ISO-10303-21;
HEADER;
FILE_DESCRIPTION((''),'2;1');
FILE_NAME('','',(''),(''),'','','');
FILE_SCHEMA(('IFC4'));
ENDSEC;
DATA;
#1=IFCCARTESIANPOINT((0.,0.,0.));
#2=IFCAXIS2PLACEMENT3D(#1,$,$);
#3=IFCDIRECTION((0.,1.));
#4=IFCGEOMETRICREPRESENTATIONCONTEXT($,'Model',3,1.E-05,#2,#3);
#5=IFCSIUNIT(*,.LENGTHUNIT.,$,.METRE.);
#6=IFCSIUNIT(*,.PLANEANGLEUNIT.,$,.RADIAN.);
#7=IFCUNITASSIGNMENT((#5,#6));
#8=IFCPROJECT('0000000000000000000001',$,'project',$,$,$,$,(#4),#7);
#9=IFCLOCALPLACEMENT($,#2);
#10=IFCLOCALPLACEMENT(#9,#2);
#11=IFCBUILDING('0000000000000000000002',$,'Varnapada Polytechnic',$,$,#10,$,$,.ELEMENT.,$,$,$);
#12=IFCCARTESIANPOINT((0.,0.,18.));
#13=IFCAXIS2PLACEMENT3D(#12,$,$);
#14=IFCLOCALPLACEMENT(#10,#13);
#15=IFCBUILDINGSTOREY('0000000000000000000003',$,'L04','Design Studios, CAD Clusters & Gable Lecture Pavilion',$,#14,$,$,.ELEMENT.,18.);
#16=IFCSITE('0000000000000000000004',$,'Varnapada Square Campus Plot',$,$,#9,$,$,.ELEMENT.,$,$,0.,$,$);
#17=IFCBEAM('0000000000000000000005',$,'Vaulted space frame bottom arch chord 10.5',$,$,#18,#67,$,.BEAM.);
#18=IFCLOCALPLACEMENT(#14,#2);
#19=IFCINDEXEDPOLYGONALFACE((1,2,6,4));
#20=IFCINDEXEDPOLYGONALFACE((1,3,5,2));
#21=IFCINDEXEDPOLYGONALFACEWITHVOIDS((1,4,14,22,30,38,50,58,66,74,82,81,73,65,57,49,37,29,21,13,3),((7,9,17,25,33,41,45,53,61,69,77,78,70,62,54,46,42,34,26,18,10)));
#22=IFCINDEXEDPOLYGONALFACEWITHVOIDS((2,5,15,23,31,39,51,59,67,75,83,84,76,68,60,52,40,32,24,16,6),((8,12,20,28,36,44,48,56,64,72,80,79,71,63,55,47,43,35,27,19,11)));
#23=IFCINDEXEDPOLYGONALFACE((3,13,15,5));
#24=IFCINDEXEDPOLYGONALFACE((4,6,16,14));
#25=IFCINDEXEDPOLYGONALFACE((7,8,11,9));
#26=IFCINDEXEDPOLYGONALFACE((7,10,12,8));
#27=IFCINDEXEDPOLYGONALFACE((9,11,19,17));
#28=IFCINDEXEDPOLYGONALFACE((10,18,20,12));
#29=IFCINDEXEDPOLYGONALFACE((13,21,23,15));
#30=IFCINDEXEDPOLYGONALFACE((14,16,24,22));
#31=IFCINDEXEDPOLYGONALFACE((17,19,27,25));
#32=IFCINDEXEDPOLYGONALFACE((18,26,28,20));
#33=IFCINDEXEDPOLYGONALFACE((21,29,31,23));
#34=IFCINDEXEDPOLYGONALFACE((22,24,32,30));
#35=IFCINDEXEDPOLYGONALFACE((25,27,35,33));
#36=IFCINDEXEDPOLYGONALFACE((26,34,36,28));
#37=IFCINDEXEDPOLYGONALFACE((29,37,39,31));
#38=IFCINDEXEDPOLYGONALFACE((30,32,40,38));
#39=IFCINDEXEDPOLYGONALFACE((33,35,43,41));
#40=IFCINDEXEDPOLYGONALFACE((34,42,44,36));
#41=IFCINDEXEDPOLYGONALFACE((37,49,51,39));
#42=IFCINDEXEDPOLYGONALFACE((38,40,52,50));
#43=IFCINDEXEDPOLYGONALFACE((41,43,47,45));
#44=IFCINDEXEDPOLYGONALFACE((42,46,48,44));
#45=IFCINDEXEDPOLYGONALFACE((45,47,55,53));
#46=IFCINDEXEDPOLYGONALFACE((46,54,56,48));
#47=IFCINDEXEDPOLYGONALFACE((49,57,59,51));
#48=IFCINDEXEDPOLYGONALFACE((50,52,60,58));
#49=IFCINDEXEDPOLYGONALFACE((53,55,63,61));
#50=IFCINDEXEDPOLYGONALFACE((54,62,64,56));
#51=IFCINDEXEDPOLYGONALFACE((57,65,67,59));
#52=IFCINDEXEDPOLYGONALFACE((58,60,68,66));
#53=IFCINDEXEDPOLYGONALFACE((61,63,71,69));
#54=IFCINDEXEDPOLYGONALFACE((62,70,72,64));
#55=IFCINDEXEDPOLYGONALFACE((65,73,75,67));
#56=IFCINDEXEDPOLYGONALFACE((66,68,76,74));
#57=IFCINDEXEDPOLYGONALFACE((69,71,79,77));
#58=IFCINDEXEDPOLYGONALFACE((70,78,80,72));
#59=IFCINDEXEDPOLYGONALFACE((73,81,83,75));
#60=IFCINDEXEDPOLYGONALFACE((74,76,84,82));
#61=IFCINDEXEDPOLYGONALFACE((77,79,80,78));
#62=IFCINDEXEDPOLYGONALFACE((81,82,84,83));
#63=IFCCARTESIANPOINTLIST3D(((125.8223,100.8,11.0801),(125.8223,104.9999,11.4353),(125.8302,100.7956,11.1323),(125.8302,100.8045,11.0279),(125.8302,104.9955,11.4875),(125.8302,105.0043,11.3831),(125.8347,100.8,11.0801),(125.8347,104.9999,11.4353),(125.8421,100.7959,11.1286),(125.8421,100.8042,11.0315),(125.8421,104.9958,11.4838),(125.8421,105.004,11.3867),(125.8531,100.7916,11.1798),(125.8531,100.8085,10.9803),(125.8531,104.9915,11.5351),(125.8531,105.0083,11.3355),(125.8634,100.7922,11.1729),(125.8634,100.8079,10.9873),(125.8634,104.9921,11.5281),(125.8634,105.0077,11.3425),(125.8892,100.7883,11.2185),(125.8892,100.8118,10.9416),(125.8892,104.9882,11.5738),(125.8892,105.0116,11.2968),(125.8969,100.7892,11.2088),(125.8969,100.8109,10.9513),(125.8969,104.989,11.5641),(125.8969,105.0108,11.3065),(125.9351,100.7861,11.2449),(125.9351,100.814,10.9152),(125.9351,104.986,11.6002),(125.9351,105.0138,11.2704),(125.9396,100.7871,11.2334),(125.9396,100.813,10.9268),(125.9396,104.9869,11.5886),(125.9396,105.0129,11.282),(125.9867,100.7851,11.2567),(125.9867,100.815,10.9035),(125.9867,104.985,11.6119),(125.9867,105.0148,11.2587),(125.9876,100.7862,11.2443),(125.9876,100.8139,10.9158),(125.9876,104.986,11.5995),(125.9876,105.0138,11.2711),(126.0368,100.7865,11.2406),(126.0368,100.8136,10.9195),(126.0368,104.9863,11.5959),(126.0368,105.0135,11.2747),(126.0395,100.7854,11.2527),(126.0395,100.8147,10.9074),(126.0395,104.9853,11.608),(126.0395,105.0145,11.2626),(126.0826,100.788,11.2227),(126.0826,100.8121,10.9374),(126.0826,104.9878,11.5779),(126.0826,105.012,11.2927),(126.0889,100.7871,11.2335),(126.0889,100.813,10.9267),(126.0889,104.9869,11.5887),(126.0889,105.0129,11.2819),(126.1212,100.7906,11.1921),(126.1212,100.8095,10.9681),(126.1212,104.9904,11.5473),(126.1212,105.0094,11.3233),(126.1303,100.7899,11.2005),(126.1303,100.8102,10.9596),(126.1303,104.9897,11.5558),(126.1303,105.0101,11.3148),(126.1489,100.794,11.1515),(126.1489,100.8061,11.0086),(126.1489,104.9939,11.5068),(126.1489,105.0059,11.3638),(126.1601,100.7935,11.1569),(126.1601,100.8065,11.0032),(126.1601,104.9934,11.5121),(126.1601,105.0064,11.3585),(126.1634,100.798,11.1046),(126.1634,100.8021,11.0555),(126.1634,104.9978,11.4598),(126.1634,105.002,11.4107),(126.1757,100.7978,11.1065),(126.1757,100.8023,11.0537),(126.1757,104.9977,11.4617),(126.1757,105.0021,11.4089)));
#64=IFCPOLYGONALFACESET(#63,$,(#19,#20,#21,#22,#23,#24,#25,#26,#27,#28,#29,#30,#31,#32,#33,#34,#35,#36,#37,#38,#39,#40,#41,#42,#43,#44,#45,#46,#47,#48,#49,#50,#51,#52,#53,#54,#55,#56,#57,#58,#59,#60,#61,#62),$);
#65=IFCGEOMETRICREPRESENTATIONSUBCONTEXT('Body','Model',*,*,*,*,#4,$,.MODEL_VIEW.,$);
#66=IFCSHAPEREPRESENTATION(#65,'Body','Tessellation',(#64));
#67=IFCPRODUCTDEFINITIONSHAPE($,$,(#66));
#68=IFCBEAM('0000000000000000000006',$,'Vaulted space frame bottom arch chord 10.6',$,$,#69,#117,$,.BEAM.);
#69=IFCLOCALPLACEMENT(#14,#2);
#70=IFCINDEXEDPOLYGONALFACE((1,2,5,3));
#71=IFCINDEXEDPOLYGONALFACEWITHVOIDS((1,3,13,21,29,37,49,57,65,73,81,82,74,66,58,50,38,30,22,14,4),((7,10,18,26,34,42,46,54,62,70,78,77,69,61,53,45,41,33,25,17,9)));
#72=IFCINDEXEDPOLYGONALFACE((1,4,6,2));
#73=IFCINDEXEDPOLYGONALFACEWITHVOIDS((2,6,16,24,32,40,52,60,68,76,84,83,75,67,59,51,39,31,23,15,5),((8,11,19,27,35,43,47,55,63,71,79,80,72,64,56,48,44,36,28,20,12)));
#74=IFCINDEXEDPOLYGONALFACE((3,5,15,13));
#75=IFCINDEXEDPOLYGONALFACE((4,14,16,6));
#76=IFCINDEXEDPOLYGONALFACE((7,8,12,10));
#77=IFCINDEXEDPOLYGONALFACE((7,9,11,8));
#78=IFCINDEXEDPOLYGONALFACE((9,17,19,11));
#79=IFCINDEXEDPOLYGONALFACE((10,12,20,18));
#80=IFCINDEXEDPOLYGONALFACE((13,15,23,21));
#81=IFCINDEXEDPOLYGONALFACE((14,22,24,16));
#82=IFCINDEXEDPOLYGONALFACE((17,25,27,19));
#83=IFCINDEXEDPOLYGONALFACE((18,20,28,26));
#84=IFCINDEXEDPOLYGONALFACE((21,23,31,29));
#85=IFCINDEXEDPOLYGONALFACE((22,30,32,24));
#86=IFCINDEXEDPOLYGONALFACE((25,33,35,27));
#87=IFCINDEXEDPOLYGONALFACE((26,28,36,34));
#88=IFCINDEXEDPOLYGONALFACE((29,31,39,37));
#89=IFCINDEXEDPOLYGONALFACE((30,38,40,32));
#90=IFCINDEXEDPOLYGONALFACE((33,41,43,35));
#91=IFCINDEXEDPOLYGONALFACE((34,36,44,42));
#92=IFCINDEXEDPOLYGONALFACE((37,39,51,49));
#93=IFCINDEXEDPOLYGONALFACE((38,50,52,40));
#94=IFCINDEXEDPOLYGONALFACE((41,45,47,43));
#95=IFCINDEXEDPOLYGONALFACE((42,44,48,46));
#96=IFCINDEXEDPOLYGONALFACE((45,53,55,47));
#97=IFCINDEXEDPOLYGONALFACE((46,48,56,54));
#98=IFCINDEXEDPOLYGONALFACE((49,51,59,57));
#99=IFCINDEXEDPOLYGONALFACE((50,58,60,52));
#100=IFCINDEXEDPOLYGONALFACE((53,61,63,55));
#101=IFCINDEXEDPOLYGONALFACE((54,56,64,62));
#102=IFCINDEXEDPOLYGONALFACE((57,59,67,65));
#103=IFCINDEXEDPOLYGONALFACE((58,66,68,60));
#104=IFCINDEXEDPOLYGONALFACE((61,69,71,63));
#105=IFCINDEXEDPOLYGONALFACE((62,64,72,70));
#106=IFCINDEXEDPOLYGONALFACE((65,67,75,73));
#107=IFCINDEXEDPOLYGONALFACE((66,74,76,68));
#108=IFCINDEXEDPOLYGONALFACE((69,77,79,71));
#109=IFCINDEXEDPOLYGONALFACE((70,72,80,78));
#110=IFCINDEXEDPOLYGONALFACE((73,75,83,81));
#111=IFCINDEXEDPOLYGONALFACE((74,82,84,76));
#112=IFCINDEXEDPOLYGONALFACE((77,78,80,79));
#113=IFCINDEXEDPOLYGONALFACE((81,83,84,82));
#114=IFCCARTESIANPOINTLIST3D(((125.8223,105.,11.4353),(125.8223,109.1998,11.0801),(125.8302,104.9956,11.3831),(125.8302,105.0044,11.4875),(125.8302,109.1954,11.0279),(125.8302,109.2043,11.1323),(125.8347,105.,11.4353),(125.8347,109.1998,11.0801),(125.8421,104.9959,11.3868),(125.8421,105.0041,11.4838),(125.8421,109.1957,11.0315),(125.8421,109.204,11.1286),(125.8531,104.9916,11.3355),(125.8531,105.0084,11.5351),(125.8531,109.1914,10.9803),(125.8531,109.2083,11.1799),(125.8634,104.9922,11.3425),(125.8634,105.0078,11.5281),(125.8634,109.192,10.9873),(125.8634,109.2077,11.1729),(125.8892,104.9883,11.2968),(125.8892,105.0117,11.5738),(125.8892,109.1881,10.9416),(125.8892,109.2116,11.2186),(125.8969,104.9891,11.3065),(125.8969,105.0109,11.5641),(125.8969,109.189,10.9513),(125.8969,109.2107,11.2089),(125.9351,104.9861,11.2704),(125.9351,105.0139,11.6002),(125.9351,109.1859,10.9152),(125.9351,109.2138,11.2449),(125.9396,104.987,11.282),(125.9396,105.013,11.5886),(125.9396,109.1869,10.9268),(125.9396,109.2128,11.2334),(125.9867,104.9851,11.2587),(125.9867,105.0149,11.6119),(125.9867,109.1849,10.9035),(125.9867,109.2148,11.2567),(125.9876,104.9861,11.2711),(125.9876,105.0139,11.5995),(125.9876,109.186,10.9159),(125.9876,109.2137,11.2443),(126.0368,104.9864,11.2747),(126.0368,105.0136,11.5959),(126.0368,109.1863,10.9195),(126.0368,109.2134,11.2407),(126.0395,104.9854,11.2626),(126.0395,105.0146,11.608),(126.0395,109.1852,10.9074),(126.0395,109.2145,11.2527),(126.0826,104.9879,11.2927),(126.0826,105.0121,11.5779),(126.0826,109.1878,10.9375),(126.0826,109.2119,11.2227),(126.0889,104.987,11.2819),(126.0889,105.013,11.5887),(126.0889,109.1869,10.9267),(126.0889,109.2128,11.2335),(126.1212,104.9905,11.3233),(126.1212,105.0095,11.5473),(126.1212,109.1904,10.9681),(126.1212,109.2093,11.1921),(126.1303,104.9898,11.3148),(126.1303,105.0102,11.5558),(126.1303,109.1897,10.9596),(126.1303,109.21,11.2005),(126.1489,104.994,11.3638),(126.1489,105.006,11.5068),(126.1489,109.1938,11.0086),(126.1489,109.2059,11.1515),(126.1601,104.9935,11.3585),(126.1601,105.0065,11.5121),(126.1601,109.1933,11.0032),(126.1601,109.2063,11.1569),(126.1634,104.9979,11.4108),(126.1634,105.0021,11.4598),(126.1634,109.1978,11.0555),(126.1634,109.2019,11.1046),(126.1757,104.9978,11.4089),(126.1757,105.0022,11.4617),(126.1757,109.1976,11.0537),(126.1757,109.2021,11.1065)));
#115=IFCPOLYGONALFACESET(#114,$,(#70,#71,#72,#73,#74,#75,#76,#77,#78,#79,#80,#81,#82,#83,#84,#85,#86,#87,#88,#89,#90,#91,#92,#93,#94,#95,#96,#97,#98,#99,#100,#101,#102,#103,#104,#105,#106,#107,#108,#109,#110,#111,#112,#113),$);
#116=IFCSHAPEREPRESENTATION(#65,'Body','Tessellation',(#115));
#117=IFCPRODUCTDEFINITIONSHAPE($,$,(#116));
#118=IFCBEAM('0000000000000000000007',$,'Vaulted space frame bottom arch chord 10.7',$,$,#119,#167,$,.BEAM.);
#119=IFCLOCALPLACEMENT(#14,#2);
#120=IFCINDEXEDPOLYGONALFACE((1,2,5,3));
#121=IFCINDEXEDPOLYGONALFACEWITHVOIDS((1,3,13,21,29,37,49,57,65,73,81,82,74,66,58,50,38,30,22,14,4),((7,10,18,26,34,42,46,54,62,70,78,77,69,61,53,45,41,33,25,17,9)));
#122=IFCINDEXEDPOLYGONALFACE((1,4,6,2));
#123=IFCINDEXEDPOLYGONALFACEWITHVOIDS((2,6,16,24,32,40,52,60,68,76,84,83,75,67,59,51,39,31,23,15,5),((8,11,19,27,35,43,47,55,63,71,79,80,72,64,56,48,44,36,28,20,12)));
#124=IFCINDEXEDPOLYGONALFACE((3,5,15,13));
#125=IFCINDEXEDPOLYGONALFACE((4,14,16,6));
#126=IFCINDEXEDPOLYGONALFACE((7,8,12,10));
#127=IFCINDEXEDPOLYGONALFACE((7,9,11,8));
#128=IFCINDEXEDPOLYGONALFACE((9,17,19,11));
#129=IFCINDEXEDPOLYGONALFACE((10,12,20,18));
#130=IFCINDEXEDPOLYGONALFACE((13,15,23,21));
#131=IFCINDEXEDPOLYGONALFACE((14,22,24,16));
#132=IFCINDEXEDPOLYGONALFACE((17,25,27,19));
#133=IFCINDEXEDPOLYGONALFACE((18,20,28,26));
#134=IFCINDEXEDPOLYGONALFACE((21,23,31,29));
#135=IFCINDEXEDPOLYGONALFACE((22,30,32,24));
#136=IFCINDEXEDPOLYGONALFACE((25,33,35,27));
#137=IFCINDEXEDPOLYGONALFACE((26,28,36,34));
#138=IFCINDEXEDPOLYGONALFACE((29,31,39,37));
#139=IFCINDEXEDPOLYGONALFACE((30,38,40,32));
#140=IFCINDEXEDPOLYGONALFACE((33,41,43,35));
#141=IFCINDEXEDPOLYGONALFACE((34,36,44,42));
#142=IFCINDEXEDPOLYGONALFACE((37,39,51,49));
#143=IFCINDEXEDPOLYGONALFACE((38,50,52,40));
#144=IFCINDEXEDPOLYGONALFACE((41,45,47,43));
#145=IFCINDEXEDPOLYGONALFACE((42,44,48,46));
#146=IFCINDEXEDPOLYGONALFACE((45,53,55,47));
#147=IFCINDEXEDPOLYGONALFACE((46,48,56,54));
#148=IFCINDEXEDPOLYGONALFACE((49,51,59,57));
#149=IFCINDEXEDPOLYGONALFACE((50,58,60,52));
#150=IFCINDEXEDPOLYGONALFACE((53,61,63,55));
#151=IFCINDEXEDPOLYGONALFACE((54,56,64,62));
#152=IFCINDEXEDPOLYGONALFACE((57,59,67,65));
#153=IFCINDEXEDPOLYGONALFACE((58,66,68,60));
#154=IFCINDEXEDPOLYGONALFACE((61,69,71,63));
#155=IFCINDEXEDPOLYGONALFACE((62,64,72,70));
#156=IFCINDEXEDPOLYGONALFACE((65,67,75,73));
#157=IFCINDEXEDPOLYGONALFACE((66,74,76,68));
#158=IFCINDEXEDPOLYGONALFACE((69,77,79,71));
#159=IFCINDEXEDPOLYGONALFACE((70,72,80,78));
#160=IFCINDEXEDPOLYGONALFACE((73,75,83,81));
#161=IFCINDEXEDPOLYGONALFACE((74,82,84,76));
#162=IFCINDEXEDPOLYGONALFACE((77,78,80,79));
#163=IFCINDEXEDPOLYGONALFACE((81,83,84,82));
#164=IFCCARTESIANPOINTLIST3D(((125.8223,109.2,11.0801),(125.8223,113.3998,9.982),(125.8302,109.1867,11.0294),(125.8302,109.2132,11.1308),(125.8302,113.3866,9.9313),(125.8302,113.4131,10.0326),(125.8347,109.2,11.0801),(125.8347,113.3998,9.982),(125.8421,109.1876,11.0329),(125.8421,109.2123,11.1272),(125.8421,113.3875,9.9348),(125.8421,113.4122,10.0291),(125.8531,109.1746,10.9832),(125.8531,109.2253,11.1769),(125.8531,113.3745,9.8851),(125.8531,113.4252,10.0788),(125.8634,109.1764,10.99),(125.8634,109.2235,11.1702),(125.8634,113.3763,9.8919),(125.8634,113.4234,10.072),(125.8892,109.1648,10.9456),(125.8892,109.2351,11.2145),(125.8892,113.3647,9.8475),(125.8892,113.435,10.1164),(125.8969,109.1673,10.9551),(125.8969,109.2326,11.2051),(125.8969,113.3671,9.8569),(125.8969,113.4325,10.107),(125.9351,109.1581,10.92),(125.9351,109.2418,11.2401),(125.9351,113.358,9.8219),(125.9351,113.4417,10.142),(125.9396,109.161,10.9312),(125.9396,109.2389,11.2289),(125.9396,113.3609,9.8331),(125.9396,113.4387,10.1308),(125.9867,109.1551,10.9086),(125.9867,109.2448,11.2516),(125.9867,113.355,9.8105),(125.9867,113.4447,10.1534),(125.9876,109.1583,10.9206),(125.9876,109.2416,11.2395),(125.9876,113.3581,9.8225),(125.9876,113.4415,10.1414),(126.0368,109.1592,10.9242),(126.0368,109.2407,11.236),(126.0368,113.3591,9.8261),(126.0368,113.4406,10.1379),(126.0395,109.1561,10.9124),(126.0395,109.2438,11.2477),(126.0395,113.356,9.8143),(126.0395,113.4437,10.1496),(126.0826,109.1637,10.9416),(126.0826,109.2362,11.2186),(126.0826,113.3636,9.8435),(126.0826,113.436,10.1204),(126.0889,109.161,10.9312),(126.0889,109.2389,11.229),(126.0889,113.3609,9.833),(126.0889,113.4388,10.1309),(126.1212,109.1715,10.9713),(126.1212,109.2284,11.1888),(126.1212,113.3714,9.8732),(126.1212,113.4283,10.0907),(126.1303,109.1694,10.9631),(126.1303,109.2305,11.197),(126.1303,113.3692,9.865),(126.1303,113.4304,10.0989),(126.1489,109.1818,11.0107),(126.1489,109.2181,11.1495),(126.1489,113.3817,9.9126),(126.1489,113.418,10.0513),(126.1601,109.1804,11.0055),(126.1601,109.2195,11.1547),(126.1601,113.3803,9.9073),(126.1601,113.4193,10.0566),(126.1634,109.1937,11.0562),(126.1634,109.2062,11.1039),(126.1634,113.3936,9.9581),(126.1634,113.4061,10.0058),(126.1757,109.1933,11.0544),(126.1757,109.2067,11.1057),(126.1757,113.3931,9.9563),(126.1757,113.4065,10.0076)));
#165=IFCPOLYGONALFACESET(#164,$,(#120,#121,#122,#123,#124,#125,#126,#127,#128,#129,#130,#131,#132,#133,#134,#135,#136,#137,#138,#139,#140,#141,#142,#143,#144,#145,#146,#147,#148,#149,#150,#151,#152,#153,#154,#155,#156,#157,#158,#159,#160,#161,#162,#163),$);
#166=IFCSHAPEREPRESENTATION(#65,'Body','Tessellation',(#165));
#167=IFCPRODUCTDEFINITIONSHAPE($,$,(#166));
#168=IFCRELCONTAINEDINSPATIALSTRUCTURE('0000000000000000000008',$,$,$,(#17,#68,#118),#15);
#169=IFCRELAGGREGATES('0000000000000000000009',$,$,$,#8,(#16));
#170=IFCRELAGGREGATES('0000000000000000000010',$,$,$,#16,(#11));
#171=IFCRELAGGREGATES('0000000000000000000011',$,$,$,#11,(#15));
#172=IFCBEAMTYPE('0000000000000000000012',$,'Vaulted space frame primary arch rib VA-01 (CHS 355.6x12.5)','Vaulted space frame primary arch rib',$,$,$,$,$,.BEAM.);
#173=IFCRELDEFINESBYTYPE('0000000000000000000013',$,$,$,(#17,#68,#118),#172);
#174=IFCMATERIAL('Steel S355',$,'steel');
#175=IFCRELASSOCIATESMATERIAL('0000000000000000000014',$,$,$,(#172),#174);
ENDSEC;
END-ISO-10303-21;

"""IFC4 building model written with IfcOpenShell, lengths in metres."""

from ifc_helpers import new_model, si_unit, direction, frame, origin, origin_2d, place, context, subcontext, project, spatial, hollow_circle, extrude, material, material_profile, profile_set, type_object, element, save


model = new_model("IFC4")

# Units and contexts
model_context = context("Model", 3, precision=1e-05, world=origin(), true_north=direction((0.0, 1.0)))
body_context = subcontext(model_context, "Body", "Model", "MODEL_VIEW")
ifc_project = project(units=[si_unit("LENGTHUNIT", "METRE"), si_unit("PLANEANGLEUNIT", "RADIAN")], contexts=[model_context])

# Site, building, storey
site_placement = place(None, origin())
site = spatial("IfcSite", under=ifc_project, at=site_placement, Name="Varnapada Square Campus Plot", CompositionType="ELEMENT", RefElevation=0.0)
building_placement = place(site_placement, origin())
building = spatial("IfcBuilding", under=site, at=building_placement, Name="Varnapada Polytechnic", CompositionType="ELEMENT")
storey_placement = place(building_placement, frame((0.0, 0.0, 18.0)))
storey = spatial("IfcBuildingStorey", under=building, at=storey_placement, Name="L04", Description="Design Studios, CAD Clusters & Gable Lecture Pavilion", CompositionType="ELEMENT", Elevation=18.0)

# Shared definitions
ifc_material = material(Name="Steel S355", Category="steel")

# Beams
ifc_material_profile_1 = material_profile(ifc_material, hollow_circle(Radius=0.1777, WallThickness=0.0125, at=origin_2d()), Name="CHS 355.6x12.5")
ifc_profile_set_1 = profile_set([ifc_material_profile_1], Name="Steel S355")
beam_type_1 = type_object("IfcBeamType", Name="Vaulted space frame primary arch rib VA-01 (CHS 355.6x12.5)", Description="Vaulted space frame primary arch rib", PredefinedType="BEAM", material=ifc_profile_set_1)
for number, where, z_axis, x_axis, name in (
    (1, (126.0, 100.8, 11.0801), (0.0, 0.996442, 0.084277), (-1.0, 0.0, 0.0), "Vaulted space frame bottom arch chord 10.5"),
    (2, (126.0, 105.0, 11.4353), (0.0, 0.996442, -0.084277), (-1.0, 0.0, 0.0), "Vaulted space frame bottom arch chord 10.6"),
):
    element("IfcBeam", number, at=place(storey_placement, frame(where, z_axis=z_axis, x_axis=x_axis)), inside=storey, type_object=beam_type_1, Name=name, PredefinedType="BEAM", context=body_context, shape_type="SweptSolid", body=[
        extrude(hollow_circle(Radius=0.1777, WallThickness=0.0125, at=origin_2d()), origin(), (0.0, 0.0, 1.0), 4.2148),
    ])
beam_1_placement = place(storey_placement, frame((126.0, 109.2, 11.0801), z_axis=(0.0, 0.967476, -0.252962), x_axis=(-1.0, 0.0, 0.0)))
element("IfcBeam", 3, at=beam_1_placement, inside=storey, type_object=beam_type_1, Name="Vaulted space frame bottom arch chord 10.7", PredefinedType="BEAM", context=body_context, shape_type="SweptSolid", body=[
    extrude(hollow_circle(Radius=0.1777, WallThickness=0.0125, at=origin_2d()), origin(), (0.0, 0.0, 1.0), 4.3411),
])

save(model, "model.ifc")
